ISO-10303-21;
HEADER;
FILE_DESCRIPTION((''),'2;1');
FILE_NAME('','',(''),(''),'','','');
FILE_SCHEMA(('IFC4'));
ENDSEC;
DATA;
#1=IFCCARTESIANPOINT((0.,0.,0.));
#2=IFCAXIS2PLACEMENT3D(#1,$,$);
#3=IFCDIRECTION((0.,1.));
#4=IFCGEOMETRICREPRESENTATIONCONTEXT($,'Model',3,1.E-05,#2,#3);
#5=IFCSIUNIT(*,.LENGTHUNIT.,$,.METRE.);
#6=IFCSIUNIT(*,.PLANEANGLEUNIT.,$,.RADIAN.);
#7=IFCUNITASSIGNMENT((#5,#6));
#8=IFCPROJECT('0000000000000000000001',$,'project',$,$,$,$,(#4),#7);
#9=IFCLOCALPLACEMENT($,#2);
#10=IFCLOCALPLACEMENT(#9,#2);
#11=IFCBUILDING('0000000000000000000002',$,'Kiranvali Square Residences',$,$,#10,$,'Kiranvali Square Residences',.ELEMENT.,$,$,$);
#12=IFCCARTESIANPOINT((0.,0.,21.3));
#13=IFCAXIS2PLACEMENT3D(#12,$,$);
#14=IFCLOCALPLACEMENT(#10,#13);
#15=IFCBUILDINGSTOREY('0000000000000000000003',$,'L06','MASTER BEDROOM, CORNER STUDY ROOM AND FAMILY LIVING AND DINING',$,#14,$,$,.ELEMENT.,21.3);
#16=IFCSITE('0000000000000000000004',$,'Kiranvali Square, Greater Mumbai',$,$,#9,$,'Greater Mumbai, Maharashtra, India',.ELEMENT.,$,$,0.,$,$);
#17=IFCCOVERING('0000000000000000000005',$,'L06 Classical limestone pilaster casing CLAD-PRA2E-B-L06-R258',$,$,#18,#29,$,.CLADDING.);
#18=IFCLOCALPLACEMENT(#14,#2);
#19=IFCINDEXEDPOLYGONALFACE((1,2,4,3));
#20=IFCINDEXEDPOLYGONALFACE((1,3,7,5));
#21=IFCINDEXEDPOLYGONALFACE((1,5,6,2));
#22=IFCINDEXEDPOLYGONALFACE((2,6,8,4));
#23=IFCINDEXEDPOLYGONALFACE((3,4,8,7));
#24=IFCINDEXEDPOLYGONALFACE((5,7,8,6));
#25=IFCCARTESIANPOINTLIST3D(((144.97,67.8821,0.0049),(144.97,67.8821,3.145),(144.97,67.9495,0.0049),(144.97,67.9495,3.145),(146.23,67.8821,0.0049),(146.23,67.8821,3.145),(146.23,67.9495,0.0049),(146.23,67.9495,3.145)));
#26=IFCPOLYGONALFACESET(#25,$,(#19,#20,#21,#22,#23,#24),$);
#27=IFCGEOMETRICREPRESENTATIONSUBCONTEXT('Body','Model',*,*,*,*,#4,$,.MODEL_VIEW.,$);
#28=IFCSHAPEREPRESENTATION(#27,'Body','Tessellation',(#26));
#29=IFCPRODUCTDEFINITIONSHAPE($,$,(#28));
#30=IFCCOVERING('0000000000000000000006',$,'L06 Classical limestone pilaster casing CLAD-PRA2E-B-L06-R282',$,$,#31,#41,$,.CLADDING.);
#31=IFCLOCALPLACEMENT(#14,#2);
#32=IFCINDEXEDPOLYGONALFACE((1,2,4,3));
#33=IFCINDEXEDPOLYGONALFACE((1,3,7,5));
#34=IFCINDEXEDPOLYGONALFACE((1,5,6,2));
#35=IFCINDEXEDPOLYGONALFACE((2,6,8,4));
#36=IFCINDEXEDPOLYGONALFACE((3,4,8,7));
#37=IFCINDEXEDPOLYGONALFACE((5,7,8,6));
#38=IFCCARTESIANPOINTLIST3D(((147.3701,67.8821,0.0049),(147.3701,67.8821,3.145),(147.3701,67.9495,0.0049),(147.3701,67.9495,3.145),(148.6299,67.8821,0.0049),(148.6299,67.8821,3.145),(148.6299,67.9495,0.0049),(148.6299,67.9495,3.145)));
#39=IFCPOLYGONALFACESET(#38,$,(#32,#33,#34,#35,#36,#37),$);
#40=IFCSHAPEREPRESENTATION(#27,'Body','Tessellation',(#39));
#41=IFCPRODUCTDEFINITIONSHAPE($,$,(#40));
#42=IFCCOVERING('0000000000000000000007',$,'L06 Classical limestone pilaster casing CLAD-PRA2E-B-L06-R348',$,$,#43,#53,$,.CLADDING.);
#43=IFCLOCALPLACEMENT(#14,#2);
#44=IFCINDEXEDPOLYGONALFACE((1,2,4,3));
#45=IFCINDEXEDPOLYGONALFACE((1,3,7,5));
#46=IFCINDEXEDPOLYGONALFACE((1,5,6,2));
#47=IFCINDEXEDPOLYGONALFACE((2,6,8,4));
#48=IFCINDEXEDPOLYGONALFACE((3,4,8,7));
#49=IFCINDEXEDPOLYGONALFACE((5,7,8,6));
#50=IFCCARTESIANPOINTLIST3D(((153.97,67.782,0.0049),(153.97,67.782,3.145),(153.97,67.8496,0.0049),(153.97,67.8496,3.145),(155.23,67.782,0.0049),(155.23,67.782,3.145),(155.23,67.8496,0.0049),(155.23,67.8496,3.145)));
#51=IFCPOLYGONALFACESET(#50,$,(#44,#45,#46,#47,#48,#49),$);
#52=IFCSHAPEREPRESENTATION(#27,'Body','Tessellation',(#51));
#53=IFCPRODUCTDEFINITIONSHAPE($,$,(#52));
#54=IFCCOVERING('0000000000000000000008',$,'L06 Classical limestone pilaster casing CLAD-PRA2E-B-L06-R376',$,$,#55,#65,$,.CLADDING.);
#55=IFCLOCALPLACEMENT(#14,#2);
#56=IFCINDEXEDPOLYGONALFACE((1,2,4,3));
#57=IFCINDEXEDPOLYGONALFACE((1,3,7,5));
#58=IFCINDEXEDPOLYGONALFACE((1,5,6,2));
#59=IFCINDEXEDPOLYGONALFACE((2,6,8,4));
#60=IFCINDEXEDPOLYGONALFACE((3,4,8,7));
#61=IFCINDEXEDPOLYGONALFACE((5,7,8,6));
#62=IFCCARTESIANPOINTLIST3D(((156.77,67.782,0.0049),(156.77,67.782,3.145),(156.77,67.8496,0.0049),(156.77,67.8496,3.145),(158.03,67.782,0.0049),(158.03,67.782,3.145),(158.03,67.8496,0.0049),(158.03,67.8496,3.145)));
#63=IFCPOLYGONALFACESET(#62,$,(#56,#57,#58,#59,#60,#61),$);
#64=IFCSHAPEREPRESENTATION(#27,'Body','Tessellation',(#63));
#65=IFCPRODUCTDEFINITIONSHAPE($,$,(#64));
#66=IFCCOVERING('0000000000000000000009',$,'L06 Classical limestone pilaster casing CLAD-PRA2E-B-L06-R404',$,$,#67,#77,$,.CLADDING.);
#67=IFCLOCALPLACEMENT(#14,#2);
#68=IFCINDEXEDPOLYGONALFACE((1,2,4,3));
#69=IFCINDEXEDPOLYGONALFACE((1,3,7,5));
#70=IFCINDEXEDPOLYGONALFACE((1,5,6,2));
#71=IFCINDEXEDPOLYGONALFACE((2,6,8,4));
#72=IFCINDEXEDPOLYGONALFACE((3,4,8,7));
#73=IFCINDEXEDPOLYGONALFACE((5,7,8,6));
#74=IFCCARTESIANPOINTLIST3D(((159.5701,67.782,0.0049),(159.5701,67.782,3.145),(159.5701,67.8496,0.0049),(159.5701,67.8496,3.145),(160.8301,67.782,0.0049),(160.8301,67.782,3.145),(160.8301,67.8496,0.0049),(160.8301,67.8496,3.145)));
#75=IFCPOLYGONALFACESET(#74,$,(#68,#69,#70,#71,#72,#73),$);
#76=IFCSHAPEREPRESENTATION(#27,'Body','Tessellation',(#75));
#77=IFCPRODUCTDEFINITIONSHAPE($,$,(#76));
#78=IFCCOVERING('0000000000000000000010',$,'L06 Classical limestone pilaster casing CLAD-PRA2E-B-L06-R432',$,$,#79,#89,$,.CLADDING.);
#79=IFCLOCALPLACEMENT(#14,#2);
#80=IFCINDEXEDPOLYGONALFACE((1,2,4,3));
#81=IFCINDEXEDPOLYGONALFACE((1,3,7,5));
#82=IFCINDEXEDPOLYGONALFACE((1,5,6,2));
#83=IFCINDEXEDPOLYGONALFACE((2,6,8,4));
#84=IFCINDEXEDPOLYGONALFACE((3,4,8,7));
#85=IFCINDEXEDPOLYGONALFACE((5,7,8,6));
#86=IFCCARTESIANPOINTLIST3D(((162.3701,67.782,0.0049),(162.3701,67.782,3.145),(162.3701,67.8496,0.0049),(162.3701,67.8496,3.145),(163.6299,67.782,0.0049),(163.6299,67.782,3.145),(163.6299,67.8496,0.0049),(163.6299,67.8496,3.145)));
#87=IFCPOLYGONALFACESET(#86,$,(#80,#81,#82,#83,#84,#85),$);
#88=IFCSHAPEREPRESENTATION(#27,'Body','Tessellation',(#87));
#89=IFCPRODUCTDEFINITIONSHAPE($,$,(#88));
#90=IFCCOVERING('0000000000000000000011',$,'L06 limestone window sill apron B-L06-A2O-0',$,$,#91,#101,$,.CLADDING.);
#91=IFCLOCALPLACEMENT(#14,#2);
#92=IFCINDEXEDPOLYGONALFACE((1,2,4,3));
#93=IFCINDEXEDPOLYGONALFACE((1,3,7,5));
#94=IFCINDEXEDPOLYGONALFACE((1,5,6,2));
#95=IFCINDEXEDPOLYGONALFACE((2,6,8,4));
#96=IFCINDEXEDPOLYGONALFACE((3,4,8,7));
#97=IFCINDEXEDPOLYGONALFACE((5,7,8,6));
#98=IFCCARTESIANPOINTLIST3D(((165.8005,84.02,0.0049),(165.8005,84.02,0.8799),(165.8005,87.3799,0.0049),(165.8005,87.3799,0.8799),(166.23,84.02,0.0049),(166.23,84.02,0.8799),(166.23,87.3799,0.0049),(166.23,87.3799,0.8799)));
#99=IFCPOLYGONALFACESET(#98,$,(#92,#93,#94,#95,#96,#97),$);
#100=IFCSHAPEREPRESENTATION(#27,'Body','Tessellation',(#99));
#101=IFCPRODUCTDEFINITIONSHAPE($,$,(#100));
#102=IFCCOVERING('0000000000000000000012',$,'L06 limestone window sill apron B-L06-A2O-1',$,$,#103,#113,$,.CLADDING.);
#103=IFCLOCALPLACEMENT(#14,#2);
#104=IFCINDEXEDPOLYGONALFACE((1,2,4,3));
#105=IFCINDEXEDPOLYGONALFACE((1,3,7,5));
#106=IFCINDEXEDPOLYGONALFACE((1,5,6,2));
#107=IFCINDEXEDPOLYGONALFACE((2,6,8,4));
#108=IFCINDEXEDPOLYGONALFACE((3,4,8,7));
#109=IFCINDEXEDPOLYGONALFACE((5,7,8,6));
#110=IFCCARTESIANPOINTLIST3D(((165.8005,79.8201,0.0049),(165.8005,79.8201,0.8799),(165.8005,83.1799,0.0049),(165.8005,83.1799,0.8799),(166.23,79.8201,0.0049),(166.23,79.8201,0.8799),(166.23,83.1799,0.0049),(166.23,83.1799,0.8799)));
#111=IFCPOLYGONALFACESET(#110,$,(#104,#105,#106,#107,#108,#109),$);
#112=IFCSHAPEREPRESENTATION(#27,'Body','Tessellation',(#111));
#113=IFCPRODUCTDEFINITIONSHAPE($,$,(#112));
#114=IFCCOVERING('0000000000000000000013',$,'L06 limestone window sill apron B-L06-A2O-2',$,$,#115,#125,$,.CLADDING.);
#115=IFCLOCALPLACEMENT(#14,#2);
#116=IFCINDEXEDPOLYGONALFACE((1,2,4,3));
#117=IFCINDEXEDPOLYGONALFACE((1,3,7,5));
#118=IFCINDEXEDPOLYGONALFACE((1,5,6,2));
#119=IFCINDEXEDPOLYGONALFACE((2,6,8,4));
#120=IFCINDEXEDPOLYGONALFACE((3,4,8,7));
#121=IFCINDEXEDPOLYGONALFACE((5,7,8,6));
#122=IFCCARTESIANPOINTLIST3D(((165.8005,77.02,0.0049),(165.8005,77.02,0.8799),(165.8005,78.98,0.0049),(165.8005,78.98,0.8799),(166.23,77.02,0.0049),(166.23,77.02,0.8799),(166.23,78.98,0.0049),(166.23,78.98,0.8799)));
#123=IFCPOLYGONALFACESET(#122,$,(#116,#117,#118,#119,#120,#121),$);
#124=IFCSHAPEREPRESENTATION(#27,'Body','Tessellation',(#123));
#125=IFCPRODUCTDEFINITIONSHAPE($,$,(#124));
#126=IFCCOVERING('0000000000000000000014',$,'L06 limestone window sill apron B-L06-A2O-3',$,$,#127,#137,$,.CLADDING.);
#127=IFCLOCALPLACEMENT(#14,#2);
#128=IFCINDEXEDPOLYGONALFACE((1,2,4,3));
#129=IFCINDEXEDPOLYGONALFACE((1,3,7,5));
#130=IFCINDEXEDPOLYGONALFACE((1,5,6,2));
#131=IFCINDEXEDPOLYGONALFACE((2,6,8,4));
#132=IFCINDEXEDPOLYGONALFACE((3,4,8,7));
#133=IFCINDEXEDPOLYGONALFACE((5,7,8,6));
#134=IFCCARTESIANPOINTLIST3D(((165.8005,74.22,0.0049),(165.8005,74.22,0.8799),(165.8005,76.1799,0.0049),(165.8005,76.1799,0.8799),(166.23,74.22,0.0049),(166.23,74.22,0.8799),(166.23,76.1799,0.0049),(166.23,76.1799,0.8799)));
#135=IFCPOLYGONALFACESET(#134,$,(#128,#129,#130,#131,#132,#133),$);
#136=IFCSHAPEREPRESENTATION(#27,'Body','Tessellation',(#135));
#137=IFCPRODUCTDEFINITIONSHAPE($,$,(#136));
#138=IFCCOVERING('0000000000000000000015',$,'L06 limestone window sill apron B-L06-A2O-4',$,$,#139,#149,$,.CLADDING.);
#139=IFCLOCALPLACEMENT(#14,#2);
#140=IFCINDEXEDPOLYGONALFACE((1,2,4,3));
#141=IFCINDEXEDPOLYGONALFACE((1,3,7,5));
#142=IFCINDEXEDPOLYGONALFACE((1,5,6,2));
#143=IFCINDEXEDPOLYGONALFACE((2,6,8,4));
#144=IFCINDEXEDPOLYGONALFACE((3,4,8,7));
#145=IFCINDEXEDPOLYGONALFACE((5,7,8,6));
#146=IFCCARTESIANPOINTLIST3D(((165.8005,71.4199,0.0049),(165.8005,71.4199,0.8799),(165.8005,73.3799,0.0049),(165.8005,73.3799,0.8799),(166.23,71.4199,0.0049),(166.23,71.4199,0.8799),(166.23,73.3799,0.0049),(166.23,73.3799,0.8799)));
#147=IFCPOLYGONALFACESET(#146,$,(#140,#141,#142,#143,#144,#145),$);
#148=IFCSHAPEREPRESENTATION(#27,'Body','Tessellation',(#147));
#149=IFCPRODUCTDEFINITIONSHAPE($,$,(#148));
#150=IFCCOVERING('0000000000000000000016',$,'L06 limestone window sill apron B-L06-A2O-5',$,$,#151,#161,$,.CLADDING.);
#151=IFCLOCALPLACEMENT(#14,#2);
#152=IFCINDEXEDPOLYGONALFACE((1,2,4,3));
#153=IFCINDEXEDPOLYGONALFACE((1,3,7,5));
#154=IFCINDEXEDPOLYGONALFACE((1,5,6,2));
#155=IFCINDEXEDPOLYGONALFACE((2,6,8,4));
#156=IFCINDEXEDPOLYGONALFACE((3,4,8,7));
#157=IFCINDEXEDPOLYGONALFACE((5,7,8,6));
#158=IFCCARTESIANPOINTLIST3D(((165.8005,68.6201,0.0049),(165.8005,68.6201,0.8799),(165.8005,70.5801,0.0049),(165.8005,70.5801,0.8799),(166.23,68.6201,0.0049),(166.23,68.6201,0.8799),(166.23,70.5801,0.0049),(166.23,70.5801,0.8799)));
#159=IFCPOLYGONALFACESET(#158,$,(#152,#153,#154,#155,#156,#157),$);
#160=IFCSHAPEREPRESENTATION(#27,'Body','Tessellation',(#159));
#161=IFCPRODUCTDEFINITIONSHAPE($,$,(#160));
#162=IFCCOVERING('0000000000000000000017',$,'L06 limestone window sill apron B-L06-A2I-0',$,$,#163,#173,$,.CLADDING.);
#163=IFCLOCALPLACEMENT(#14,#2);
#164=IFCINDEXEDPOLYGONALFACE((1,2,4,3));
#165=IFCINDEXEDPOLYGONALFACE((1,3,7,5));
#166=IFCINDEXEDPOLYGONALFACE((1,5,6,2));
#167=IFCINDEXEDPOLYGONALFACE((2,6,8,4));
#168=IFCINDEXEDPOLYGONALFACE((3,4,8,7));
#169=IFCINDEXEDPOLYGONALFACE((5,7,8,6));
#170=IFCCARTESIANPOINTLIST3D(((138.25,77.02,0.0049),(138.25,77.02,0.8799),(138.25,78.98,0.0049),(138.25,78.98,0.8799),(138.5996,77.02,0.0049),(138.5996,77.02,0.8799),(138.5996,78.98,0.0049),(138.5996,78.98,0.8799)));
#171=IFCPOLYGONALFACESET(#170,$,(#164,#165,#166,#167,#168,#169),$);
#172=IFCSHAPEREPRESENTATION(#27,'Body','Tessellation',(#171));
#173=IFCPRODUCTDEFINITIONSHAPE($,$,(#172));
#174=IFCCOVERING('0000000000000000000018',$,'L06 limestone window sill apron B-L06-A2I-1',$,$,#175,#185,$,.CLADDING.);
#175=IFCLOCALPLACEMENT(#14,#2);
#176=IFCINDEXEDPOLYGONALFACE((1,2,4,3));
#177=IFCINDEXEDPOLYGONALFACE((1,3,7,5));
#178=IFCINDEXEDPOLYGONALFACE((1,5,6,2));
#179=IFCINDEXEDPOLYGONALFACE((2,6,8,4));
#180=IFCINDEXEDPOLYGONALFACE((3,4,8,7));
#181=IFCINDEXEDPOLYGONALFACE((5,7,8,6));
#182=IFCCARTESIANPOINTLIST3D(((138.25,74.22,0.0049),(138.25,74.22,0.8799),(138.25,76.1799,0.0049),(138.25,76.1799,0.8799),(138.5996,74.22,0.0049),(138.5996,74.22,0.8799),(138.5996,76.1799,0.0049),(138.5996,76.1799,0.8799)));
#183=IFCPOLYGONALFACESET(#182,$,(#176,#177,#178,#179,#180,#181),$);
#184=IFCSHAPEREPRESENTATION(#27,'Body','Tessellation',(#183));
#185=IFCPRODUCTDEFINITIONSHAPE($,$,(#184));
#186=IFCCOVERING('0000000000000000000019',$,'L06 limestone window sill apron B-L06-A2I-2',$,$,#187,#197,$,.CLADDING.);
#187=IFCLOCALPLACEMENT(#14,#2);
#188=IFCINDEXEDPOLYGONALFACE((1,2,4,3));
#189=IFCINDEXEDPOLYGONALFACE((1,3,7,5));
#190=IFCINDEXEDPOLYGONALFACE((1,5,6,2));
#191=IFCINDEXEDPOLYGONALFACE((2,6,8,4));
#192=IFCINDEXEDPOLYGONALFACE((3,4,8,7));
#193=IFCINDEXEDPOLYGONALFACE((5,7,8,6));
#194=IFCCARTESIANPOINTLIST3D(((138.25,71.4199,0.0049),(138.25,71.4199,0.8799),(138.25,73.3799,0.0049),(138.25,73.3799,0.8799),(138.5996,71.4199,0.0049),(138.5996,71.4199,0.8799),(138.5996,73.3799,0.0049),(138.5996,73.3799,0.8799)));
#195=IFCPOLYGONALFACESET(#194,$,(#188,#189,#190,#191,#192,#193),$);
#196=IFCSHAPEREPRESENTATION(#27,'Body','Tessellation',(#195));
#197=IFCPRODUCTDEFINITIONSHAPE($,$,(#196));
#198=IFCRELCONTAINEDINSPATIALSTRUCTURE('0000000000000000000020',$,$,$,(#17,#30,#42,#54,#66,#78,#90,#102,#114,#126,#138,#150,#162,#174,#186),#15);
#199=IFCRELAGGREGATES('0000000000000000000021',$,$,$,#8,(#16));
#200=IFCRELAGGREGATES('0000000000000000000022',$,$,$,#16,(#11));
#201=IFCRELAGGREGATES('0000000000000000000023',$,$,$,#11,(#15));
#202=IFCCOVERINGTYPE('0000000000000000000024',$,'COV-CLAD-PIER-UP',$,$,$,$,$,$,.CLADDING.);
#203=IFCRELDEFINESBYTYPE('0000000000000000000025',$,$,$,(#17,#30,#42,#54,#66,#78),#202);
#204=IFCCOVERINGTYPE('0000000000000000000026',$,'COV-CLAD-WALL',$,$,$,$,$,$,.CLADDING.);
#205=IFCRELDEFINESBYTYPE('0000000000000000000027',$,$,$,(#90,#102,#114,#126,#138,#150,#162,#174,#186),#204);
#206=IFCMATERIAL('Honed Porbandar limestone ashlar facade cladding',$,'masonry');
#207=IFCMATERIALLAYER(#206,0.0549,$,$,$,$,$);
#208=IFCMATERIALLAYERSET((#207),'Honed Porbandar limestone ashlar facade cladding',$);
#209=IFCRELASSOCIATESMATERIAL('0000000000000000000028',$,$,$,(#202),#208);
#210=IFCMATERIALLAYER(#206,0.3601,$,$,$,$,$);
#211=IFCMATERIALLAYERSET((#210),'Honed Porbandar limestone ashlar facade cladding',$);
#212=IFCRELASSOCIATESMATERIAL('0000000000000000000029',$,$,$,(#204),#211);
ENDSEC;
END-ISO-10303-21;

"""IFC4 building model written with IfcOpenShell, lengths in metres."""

from ifc_helpers import new_model, si_unit, direction, frame, origin, place, context, subcontext, project, spatial, polyline, outline, extrude, material, layer, layer_set, type_object, element, save


model = new_model("IFC4")

# Units and contexts
model_context = context("Model", 3, precision=1e-05, world=origin(), true_north=direction((0.0, 1.0)))
body_context = subcontext(model_context, "Body", "Model", "MODEL_VIEW")
ifc_project = project(units=[si_unit("LENGTHUNIT", "METRE"), si_unit("PLANEANGLEUNIT", "RADIAN")], contexts=[model_context])

# Site, building, storey
site_placement = place(None, origin())
site = spatial("IfcSite", under=ifc_project, at=site_placement, Name="Kiranvali Square, Greater Mumbai", LongName="Greater Mumbai, Maharashtra, India", CompositionType="ELEMENT", RefElevation=0.0)
building_placement = place(site_placement, origin())
building = spatial("IfcBuilding", under=site, at=building_placement, Name="Kiranvali Square Residences", LongName="Kiranvali Square Residences", CompositionType="ELEMENT")
storey_placement = place(building_placement, frame((0.0, 0.0, 21.3)))
storey = spatial("IfcBuildingStorey", under=building, at=storey_placement, Name="L06", Description="MASTER BEDROOM, CORNER STUDY ROOM AND FAMILY LIVING AND DINING", CompositionType="ELEMENT", Elevation=21.3)

# Coverings
ifc_material = material(Name="Honed Porbandar limestone ashlar facade cladding", Category="masonry")
ifc_layer_1 = layer(ifc_material, 0.0549)
ifc_layer_set_1 = layer_set([ifc_layer_1], Name="Honed Porbandar limestone ashlar facade cladding")
covering_type_1 = type_object("IfcCoveringType", Name="COV-CLAD-PIER-UP", PredefinedType="CLADDING", material=ifc_layer_set_1)
covering_1_placement = place(storey_placement, frame((0.0, 0.0, 0.0049)))
element("IfcCovering", 1, at=covering_1_placement, inside=storey, type_object=covering_type_1, Name="L06 Classical limestone pilaster casing CLAD-PRA2E-B-L06-R258", PredefinedType="CLADDING", context=body_context, shape_type="SweptSolid", body=[
    extrude(outline(polyline([(144.97, 67.8821), (146.23, 67.8821), (146.23, 67.9495), (144.97, 67.9495), (144.97, 67.8821)])), origin(), (0.0, 0.0, 1.0), 3.1401),
])
covering_2_placement = place(storey_placement, frame((0.0, 0.0, 0.0049)))
element("IfcCovering", 2, at=covering_2_placement, inside=storey, type_object=covering_type_1, Name="L06 Classical limestone pilaster casing CLAD-PRA2E-B-L06-R282", PredefinedType="CLADDING", context=body_context, shape_type="SweptSolid", body=[
    extrude(outline(polyline([(147.3701, 67.8821), (148.6299, 67.8821), (148.6299, 67.9495), (147.3701, 67.9495), (147.3701, 67.8821)])), origin(), (0.0, 0.0, 1.0), 3.1401),
])
covering_3_placement = place(storey_placement, frame((0.0, 0.0, 0.0049)))
element("IfcCovering", 3, at=covering_3_placement, inside=storey, type_object=covering_type_1, Name="L06 Classical limestone pilaster casing CLAD-PRA2E-B-L06-R348", PredefinedType="CLADDING", context=body_context, shape_type="SweptSolid", body=[
    extrude(outline(polyline([(153.97, 67.782), (155.23, 67.782), (155.23, 67.8496), (153.97, 67.8496), (153.97, 67.782)])), origin(), (0.0, 0.0, 1.0), 3.1401),
])
covering_4_placement = place(storey_placement, frame((0.0, 0.0, 0.0049)))
element("IfcCovering", 4, at=covering_4_placement, inside=storey, type_object=covering_type_1, Name="L06 Classical limestone pilaster casing CLAD-PRA2E-B-L06-R376", PredefinedType="CLADDING", context=body_context, shape_type="SweptSolid", body=[
    extrude(outline(polyline([(156.77, 67.782), (158.03, 67.782), (158.03, 67.8496), (156.77, 67.8496), (156.77, 67.782)])), origin(), (0.0, 0.0, 1.0), 3.1401),
])
covering_5_placement = place(storey_placement, frame((0.0, 0.0, 0.0049)))
element("IfcCovering", 5, at=covering_5_placement, inside=storey, type_object=covering_type_1, Name="L06 Classical limestone pilaster casing CLAD-PRA2E-B-L06-R404", PredefinedType="CLADDING", context=body_context, shape_type="SweptSolid", body=[
    extrude(outline(polyline([(159.5701, 67.782), (160.8301, 67.782), (160.8301, 67.8496), (159.5701, 67.8496), (159.5701, 67.782)])), origin(), (0.0, 0.0, 1.0), 3.1401),
])
covering_6_placement = place(storey_placement, frame((0.0, 0.0, 0.0049)))
element("IfcCovering", 6, at=covering_6_placement, inside=storey, type_object=covering_type_1, Name="L06 Classical limestone pilaster casing CLAD-PRA2E-B-L06-R432", PredefinedType="CLADDING", context=body_context, shape_type="SweptSolid", body=[
    extrude(outline(polyline([(162.3701, 67.782), (163.6299, 67.782), (163.6299, 67.8496), (162.3701, 67.8496), (162.3701, 67.782)])), origin(), (0.0, 0.0, 1.0), 3.1401),
])
ifc_layer_2 = layer(ifc_material, 0.3601)
ifc_layer_set_2 = layer_set([ifc_layer_2], Name="Honed Porbandar limestone ashlar facade cladding")
covering_type_2 = type_object("IfcCoveringType", Name="COV-CLAD-WALL", PredefinedType="CLADDING", material=ifc_layer_set_2)
covering_7_placement = place(storey_placement, frame((0.0, 0.0, 0.0049)))
element("IfcCovering", 7, at=covering_7_placement, inside=storey, type_object=covering_type_2, Name="L06 limestone window sill apron B-L06-A2O-0", PredefinedType="CLADDING", context=body_context, shape_type="SweptSolid", body=[
    extrude(outline(polyline([(165.8005, 87.3799), (165.8005, 84.02), (166.23, 84.02), (166.23, 87.3799), (165.8005, 87.3799)])), origin(), (0.0, 0.0, 1.0), 0.875),
])
covering_8_placement = place(storey_placement, frame((0.0, 0.0, 0.0049)))
element("IfcCovering", 8, at=covering_8_placement, inside=storey, type_object=covering_type_2, Name="L06 limestone window sill apron B-L06-A2O-1", PredefinedType="CLADDING", context=body_context, shape_type="SweptSolid", body=[
    extrude(outline(polyline([(165.8005, 83.1799), (165.8005, 79.8201), (166.23, 79.8201), (166.23, 83.1799), (165.8005, 83.1799)])), origin(), (0.0, 0.0, 1.0), 0.875),
])
covering_9_placement = place(storey_placement, frame((0.0, 0.0, 0.0049)))
element("IfcCovering", 9, at=covering_9_placement, inside=storey, type_object=covering_type_2, Name="L06 limestone window sill apron B-L06-A2O-2", PredefinedType="CLADDING", context=body_context, shape_type="SweptSolid", body=[
    extrude(outline(polyline([(165.8005, 78.98), (165.8005, 77.02), (166.23, 77.02), (166.23, 78.98), (165.8005, 78.98)])), origin(), (0.0, 0.0, 1.0), 0.875),
])
covering_10_placement = place(storey_placement, frame((0.0, 0.0, 0.0049)))
element("IfcCovering", 10, at=covering_10_placement, inside=storey, type_object=covering_type_2, Name="L06 limestone window sill apron B-L06-A2O-3", PredefinedType="CLADDING", context=body_context, shape_type="SweptSolid", body=[
    extrude(outline(polyline([(165.8005, 76.1799), (165.8005, 74.22), (166.23, 74.22), (166.23, 76.1799), (165.8005, 76.1799)])), origin(), (0.0, 0.0, 1.0), 0.875),
])
covering_11_placement = place(storey_placement, frame((0.0, 0.0, 0.0049)))
element("IfcCovering", 11, at=covering_11_placement, inside=storey, type_object=covering_type_2, Name="L06 limestone window sill apron B-L06-A2O-4", PredefinedType="CLADDING", context=body_context, shape_type="SweptSolid", body=[
    extrude(outline(polyline([(165.8005, 73.3799), (165.8005, 71.4199), (166.23, 71.4199), (166.23, 73.3799), (165.8005, 73.3799)])), origin(), (0.0, 0.0, 1.0), 0.875),
])
covering_12_placement = place(storey_placement, frame((0.0, 0.0, 0.0049)))
element("IfcCovering", 12, at=covering_12_placement, inside=storey, type_object=covering_type_2, Name="L06 limestone window sill apron B-L06-A2O-5", PredefinedType="CLADDING", context=body_context, shape_type="SweptSolid", body=[
    extrude(outline(polyline([(165.8005, 70.5801), (165.8005, 68.6201), (166.23, 68.6201), (166.23, 70.5801), (165.8005, 70.5801)])), origin(), (0.0, 0.0, 1.0), 0.875),
])
covering_13_placement = place(storey_placement, frame((0.0, 0.0, 0.0049)))
element("IfcCovering", 13, at=covering_13_placement, inside=storey, type_object=covering_type_2, Name="L06 limestone window sill apron B-L06-A2I-0", PredefinedType="CLADDING", context=body_context, shape_type="SweptSolid", body=[
    extrude(outline(polyline([(138.25, 78.98), (138.25, 77.02), (138.5996, 77.02), (138.5996, 78.98), (138.25, 78.98)])), origin(), (0.0, 0.0, 1.0), 0.875),
])
covering_14_placement = place(storey_placement, frame((0.0, 0.0, 0.0049)))
element("IfcCovering", 14, at=covering_14_placement, inside=storey, type_object=covering_type_2, Name="L06 limestone window sill apron B-L06-A2I-1", PredefinedType="CLADDING", context=body_context, shape_type="SweptSolid", body=[
    extrude(outline(polyline([(138.25, 76.1799), (138.25, 74.22), (138.5996, 74.22), (138.5996, 76.1799), (138.25, 76.1799)])), origin(), (0.0, 0.0, 1.0), 0.875),
])
covering_15_placement = place(storey_placement, frame((0.0, 0.0, 0.0049)))
element("IfcCovering", 15, at=covering_15_placement, inside=storey, type_object=covering_type_2, Name="L06 limestone window sill apron B-L06-A2I-2", PredefinedType="CLADDING", context=body_context, shape_type="SweptSolid", body=[
    extrude(outline(polyline([(138.25, 73.3799), (138.25, 71.4199), (138.5996, 71.4199), (138.5996, 73.3799), (138.25, 73.3799)])), origin(), (0.0, 0.0, 1.0), 0.875),
])

save(model, "model.ifc")
